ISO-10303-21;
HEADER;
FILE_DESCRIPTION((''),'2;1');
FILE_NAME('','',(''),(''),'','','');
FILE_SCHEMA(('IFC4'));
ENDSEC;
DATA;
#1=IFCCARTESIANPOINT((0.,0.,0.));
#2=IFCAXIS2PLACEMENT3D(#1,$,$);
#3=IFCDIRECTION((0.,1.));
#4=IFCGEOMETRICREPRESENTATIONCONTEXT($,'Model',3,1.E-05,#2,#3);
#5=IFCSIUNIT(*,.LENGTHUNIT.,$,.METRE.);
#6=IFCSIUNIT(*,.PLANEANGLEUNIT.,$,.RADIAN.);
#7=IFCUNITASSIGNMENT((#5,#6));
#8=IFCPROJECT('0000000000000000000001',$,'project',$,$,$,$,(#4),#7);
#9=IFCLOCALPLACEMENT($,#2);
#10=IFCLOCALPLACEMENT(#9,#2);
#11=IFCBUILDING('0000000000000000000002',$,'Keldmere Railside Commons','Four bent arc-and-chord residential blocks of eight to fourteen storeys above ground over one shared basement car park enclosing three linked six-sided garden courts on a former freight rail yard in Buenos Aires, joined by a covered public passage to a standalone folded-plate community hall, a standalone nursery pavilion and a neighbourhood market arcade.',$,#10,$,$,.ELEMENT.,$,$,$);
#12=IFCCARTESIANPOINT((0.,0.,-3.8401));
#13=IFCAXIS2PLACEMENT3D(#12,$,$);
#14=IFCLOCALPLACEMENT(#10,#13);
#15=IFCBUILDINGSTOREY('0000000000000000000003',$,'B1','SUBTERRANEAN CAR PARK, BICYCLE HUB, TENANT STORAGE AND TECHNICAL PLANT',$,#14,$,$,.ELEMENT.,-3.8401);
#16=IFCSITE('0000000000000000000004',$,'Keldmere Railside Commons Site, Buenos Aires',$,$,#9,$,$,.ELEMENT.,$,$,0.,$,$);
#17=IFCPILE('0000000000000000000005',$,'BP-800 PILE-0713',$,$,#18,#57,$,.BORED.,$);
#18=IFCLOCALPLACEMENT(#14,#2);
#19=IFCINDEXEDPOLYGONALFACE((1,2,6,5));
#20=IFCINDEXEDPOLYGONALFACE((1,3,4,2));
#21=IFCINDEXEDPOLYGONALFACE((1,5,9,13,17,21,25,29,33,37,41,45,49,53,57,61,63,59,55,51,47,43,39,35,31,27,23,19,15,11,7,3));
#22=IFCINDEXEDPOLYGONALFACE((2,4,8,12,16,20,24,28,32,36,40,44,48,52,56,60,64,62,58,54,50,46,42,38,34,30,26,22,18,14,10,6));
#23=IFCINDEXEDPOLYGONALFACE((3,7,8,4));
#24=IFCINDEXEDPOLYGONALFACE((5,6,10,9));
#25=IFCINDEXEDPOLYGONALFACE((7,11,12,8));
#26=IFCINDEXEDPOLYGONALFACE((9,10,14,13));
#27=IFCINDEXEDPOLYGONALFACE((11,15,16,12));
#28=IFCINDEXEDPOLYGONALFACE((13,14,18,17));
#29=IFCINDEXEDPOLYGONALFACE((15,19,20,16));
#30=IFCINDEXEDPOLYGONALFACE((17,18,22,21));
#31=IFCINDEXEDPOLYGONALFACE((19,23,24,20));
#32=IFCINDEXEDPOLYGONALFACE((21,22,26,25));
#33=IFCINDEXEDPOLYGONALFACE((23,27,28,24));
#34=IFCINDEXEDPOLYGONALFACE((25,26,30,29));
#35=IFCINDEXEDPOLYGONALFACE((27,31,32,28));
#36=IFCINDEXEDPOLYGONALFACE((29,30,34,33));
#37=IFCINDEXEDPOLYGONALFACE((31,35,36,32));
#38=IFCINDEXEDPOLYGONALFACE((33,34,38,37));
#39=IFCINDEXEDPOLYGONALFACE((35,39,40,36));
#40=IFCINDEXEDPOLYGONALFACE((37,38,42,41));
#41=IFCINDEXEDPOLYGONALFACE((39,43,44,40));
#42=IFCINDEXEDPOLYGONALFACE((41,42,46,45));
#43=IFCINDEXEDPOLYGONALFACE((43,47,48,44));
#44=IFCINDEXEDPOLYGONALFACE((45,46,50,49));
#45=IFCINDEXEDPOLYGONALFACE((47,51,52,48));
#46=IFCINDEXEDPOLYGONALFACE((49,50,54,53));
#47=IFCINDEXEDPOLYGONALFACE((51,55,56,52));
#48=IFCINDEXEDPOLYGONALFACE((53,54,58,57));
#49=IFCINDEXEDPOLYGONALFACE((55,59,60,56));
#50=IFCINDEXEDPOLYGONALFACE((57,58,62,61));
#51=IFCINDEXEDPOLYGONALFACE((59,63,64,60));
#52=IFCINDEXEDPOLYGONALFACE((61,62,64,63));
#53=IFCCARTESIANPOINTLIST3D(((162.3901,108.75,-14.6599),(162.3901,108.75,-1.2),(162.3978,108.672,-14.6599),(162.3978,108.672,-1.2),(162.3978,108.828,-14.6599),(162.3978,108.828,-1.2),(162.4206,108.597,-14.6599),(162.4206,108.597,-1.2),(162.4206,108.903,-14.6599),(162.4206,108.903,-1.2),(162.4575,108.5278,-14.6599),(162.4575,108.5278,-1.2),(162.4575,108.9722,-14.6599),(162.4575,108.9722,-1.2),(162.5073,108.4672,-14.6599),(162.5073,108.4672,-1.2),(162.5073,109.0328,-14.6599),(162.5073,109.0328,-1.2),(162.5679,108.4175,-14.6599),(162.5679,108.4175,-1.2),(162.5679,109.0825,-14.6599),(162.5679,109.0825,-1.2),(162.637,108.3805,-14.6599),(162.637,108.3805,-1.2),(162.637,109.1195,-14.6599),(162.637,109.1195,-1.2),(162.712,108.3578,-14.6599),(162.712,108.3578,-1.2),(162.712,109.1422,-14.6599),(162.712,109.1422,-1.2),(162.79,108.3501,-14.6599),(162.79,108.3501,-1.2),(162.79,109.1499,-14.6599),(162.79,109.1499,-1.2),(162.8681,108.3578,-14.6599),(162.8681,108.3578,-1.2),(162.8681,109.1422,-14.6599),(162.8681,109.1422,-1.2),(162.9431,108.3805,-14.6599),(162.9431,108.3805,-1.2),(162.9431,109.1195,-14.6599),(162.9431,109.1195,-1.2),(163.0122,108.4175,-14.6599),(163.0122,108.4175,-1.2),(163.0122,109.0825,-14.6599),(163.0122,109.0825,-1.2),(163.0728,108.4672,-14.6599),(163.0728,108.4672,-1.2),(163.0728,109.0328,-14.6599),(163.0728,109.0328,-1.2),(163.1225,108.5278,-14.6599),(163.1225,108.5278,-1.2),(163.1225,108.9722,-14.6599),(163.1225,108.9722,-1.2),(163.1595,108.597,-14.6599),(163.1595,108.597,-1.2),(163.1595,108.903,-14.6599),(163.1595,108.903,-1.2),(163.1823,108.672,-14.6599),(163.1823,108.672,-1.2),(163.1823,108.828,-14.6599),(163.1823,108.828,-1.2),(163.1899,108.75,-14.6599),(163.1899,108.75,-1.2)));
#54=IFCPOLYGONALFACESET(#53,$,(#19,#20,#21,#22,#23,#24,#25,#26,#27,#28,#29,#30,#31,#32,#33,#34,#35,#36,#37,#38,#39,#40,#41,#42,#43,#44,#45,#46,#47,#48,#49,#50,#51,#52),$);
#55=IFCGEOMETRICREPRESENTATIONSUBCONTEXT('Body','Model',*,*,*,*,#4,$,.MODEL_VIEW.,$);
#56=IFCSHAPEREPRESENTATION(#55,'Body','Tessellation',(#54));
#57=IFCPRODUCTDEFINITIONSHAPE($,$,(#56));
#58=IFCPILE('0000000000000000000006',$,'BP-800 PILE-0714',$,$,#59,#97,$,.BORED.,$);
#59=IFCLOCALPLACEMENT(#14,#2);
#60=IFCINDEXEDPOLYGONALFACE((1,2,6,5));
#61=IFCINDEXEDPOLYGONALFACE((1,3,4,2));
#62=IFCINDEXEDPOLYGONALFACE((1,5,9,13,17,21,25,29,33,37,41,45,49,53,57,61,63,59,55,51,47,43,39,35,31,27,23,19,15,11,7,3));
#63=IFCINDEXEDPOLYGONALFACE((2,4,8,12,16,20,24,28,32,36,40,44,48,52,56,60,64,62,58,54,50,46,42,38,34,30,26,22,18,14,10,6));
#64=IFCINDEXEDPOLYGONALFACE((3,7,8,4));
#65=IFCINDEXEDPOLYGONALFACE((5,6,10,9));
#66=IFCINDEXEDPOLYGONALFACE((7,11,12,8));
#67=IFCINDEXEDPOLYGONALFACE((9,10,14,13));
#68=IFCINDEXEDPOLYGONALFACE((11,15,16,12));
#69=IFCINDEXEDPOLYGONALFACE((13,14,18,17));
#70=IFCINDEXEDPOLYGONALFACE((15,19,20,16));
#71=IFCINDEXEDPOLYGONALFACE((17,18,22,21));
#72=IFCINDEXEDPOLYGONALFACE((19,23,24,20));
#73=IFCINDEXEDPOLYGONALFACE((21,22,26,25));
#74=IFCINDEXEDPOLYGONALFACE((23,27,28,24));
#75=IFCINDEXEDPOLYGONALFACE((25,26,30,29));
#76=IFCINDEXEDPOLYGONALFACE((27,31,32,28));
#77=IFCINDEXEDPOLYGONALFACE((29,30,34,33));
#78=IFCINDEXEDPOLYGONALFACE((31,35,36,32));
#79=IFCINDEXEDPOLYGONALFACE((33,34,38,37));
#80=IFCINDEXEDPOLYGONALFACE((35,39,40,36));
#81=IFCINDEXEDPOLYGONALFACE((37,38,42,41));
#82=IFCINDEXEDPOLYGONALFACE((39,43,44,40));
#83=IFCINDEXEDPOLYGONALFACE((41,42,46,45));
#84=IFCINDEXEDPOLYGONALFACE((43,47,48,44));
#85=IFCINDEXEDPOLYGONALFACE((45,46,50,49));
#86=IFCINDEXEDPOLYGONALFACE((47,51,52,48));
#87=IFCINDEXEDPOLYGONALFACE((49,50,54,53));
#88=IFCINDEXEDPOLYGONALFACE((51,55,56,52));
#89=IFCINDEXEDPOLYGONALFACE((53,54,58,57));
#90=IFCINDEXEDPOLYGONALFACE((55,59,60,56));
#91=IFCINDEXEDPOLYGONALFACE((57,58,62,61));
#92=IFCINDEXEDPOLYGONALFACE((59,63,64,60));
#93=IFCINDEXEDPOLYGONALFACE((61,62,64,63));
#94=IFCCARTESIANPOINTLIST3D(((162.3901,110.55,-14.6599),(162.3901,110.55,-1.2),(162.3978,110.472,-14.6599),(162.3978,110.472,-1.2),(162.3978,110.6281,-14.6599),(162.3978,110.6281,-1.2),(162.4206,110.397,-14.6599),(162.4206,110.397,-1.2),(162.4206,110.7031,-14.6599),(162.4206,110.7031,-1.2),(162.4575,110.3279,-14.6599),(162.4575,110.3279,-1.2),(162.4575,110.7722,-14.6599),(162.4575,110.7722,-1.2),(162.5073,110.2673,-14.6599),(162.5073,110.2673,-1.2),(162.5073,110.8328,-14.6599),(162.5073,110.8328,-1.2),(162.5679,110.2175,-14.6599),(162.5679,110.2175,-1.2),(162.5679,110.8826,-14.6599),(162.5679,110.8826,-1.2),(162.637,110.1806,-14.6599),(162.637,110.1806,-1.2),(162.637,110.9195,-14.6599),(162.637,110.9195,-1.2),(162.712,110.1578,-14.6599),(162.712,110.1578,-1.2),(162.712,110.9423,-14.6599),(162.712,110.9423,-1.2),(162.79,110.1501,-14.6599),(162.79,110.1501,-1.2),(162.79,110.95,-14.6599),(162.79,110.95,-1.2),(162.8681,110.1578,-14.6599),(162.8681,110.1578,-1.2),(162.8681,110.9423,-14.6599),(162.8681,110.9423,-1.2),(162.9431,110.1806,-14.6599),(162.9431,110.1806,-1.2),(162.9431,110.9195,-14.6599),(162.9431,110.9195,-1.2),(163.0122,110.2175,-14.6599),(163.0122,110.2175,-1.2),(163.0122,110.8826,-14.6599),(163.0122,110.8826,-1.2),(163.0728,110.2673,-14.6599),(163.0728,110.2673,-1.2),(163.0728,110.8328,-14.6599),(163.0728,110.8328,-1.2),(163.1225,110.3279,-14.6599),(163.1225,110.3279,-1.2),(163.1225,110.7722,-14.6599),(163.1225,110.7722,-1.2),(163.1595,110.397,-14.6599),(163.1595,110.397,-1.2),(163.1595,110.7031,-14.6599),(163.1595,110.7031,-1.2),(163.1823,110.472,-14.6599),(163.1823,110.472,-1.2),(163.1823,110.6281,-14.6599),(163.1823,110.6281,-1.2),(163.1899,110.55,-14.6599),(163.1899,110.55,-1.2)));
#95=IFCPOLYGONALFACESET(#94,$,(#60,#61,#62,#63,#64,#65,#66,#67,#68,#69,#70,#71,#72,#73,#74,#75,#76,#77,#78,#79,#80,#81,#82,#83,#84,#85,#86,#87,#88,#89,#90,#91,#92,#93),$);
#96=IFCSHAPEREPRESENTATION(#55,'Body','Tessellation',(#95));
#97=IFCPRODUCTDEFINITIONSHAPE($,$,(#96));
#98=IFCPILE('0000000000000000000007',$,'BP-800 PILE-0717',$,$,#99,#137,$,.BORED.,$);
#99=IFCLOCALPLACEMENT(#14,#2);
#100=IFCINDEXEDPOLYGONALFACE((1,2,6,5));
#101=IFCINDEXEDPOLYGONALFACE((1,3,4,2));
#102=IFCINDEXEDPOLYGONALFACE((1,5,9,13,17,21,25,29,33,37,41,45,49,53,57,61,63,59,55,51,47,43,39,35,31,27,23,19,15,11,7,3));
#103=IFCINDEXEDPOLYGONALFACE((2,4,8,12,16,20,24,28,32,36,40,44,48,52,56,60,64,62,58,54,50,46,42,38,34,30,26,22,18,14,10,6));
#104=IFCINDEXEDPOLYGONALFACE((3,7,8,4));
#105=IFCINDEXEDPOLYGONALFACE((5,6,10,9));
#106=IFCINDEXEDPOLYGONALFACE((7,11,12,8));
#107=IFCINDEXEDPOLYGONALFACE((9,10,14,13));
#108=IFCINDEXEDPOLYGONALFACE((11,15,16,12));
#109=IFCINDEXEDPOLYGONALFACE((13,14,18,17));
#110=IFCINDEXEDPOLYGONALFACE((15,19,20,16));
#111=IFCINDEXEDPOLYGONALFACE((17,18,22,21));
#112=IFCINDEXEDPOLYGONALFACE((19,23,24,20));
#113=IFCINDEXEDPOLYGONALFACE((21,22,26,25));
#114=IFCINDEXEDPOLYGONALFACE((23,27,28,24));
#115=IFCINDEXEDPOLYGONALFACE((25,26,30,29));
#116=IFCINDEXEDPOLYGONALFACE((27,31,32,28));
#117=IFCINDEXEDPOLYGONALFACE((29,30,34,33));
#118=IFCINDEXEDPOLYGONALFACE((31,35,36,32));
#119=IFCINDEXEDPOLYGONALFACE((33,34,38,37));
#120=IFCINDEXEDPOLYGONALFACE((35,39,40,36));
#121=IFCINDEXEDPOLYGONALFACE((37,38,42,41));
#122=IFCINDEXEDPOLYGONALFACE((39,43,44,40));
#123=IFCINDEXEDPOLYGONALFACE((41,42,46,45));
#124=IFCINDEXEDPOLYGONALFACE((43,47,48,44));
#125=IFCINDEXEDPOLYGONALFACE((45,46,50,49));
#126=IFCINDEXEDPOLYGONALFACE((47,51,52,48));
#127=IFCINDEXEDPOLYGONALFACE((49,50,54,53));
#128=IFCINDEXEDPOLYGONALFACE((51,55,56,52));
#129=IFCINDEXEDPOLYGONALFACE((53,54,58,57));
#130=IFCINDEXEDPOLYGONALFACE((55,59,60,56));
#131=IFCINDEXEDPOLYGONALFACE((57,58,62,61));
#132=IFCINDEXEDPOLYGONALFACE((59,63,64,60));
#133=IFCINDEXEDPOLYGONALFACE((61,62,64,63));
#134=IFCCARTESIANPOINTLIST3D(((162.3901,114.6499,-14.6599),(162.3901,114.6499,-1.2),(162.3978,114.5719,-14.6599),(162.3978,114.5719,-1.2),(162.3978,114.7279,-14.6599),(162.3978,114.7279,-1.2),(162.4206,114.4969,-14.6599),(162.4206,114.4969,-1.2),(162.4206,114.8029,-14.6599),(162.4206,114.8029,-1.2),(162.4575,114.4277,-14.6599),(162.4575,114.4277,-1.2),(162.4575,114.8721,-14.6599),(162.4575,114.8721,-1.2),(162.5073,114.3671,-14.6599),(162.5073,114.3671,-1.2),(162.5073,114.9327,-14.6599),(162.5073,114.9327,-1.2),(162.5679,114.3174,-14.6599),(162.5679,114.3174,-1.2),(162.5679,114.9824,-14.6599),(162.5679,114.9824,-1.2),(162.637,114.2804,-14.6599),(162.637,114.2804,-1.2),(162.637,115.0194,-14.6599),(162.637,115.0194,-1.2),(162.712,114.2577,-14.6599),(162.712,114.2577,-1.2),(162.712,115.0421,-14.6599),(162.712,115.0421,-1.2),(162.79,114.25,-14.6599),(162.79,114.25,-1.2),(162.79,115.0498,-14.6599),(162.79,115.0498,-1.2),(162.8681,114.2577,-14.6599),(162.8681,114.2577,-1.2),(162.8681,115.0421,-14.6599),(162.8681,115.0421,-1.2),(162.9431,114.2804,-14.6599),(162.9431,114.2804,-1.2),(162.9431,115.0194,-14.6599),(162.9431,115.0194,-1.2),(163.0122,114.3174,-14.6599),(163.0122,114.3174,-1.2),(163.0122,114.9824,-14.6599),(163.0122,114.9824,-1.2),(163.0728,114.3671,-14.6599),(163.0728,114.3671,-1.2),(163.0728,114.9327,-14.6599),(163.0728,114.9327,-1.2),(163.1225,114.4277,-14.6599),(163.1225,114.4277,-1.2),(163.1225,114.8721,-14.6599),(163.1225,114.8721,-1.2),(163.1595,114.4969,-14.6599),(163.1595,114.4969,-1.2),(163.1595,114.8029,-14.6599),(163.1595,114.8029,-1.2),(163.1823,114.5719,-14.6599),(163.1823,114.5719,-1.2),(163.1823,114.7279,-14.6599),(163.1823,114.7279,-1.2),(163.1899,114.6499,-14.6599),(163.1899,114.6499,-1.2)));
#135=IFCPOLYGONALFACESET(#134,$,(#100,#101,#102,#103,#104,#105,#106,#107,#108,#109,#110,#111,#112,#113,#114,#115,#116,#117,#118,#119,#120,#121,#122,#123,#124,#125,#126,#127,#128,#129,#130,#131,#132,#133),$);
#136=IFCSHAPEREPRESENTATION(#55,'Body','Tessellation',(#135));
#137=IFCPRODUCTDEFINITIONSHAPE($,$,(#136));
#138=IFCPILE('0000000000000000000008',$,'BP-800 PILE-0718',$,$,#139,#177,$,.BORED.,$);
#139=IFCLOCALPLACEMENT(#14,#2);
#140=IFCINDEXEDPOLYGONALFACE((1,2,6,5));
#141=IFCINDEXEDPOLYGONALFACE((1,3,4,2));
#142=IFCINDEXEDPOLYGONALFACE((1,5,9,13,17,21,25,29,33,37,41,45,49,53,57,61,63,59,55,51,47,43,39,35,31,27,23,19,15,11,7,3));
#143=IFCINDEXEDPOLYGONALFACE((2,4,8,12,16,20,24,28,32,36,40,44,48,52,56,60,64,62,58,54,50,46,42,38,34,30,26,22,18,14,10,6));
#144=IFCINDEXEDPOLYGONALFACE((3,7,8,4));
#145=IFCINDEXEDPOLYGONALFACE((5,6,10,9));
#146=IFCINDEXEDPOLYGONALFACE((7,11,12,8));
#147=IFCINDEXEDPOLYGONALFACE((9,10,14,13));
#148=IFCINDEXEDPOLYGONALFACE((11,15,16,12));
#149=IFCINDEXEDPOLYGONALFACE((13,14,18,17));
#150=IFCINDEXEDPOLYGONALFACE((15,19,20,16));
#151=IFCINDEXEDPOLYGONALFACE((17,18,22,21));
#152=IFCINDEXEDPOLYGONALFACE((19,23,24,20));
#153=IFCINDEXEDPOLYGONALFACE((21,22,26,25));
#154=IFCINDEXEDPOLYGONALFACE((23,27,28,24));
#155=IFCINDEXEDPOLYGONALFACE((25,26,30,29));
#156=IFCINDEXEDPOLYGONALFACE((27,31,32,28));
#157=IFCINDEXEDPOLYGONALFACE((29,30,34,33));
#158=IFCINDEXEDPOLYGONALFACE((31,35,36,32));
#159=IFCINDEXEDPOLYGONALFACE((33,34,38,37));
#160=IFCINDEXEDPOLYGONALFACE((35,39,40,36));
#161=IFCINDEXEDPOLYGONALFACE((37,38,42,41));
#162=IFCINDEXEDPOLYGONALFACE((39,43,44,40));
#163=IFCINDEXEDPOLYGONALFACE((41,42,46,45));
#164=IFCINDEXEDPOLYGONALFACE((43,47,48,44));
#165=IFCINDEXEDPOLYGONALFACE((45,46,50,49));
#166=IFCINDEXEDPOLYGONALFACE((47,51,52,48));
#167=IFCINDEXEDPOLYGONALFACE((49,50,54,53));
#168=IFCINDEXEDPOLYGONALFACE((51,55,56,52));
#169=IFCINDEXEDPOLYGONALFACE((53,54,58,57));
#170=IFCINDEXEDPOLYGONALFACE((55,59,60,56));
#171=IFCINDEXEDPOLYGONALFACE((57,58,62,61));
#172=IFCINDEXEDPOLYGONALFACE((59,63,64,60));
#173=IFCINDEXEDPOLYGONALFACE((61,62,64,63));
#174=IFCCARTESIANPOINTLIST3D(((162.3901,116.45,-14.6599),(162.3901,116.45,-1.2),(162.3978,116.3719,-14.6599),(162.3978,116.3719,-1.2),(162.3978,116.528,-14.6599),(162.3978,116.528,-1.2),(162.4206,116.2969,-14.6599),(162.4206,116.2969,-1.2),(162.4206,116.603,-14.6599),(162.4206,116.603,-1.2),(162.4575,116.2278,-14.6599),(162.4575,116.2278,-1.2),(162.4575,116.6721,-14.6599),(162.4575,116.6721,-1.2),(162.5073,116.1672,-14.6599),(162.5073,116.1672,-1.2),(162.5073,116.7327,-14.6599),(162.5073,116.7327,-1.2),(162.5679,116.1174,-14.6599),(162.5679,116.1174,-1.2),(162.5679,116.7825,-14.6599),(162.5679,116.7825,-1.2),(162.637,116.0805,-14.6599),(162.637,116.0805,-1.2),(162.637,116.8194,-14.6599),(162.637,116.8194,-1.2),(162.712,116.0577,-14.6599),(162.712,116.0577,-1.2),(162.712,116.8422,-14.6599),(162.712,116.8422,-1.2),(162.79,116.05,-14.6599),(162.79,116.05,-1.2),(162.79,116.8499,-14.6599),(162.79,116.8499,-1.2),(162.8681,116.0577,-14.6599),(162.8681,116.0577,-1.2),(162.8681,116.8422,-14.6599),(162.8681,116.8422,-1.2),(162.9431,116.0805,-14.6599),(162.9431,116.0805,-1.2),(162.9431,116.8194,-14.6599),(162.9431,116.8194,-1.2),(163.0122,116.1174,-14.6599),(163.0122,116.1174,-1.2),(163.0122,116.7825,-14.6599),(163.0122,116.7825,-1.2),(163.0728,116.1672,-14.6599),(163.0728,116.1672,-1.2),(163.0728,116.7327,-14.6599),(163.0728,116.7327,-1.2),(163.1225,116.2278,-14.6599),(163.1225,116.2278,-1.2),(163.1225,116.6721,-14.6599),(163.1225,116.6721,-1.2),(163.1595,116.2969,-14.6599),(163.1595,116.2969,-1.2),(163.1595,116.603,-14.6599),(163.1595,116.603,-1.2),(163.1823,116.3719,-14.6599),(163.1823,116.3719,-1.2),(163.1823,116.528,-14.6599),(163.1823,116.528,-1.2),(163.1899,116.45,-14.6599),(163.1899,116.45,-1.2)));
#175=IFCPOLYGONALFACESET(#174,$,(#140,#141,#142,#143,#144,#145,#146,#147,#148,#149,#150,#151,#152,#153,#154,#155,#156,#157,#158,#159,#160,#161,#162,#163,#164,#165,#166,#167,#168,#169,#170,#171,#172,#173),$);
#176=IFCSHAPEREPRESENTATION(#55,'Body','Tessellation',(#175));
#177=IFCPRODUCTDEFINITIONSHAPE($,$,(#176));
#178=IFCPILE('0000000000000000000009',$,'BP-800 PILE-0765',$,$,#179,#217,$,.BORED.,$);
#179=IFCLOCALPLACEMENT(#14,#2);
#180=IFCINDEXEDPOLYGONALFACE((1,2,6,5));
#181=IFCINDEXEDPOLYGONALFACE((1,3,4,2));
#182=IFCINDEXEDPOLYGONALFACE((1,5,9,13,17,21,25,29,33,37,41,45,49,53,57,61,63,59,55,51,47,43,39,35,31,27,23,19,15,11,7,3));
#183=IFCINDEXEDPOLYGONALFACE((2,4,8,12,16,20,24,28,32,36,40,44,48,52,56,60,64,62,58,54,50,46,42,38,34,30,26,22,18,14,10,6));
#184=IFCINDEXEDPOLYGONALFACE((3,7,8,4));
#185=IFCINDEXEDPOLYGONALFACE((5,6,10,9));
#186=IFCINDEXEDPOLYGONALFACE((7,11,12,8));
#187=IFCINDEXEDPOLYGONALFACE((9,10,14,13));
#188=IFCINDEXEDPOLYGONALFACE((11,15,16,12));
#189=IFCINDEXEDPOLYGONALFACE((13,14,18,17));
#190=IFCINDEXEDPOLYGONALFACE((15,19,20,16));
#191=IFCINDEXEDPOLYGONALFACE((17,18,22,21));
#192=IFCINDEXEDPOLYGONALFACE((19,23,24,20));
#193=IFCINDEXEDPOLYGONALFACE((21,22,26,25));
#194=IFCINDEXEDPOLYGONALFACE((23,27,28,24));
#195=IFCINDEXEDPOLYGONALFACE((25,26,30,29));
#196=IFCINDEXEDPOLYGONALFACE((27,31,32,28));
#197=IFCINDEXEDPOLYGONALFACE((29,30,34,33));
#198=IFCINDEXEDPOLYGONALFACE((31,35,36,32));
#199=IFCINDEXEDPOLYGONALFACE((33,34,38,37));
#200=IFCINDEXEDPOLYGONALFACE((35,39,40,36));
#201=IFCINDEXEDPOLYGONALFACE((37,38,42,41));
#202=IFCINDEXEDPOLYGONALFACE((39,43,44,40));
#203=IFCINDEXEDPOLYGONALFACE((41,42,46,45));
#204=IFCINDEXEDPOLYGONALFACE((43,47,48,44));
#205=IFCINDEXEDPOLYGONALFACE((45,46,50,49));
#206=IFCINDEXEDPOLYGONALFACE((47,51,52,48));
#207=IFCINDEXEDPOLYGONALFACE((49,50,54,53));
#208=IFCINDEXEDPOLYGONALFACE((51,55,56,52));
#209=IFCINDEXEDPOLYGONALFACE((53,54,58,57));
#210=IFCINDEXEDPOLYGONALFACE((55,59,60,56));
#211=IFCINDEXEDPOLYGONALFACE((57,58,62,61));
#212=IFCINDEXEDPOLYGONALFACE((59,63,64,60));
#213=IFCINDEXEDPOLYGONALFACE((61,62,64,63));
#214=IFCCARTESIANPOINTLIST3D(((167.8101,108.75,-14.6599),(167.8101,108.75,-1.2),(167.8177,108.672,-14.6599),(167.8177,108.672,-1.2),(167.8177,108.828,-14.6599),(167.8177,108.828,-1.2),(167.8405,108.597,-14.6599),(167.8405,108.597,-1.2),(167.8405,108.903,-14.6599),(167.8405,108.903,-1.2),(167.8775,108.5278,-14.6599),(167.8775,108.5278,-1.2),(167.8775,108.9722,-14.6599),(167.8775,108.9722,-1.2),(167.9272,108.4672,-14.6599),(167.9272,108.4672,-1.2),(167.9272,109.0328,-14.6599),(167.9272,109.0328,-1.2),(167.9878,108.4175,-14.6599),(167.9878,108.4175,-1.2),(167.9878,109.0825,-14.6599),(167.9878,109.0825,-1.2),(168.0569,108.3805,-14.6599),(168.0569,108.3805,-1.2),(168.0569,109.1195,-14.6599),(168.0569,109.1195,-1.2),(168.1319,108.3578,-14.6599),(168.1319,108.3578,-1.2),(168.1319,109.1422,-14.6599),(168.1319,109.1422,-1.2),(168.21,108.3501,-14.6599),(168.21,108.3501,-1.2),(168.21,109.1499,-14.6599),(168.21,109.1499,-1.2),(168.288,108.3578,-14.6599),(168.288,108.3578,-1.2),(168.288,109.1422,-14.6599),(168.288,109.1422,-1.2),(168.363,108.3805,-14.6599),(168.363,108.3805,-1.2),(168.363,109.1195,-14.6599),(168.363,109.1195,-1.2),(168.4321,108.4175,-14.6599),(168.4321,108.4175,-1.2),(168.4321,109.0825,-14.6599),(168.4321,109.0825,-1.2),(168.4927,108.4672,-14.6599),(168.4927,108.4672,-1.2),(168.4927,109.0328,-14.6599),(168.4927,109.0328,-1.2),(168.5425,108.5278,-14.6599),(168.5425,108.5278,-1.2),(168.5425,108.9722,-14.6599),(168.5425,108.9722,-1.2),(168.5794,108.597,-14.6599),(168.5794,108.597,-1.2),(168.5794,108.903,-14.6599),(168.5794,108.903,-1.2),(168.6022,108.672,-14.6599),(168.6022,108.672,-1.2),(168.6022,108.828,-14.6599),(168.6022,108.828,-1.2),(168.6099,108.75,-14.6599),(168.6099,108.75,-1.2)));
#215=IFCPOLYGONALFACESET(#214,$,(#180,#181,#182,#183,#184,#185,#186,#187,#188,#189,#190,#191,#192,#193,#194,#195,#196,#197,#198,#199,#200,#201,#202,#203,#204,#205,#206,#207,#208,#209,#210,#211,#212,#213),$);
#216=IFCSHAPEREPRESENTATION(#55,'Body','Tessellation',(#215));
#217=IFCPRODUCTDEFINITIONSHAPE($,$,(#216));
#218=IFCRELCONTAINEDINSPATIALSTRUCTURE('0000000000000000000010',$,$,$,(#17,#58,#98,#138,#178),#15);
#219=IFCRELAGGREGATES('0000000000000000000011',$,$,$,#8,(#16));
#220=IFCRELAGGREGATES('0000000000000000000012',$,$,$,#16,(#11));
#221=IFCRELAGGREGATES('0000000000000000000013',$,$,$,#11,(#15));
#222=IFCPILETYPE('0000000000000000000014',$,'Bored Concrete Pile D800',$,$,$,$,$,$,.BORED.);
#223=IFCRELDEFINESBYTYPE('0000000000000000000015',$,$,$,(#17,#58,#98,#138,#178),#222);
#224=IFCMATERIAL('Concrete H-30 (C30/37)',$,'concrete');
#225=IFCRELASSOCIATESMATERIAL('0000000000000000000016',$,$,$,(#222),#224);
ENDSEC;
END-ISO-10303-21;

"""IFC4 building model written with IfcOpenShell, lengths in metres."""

from ifc_helpers import new_model, si_unit, direction, frame, origin, origin_2d, place, context, subcontext, project, spatial, circle, extrude, material, material_profile, profile_set, type_object, element, save


model = new_model("IFC4")

# Units and contexts
model_context = context("Model", 3, precision=1e-05, world=origin(), true_north=direction((0.0, 1.0)))
body_context = subcontext(model_context, "Body", "Model", "MODEL_VIEW")
ifc_project = project(units=[si_unit("LENGTHUNIT", "METRE"), si_unit("PLANEANGLEUNIT", "RADIAN")], contexts=[model_context])

# Site, building, storey
site_placement = place(None, origin())
site = spatial("IfcSite", under=ifc_project, at=site_placement, Name="Keldmere Railside Commons Site, Buenos Aires", CompositionType="ELEMENT", RefElevation=0.0)
building_placement = place(site_placement, origin())
building = spatial("IfcBuilding", under=site, at=building_placement, Name="Keldmere Railside Commons", Description="Four bent arc-and-chord residential blocks of eight to fourteen storeys above ground over one shared basement car park enclosing three linked six-sided garden courts on a former freight rail yard in Buenos Aires, joined by a covered public passage to a standalone folded-plate community hall, a standalone nursery pavilion and a neighbourhood market arcade.", CompositionType="ELEMENT")
storey_placement = place(building_placement, frame((0.0, 0.0, -3.8401)))
storey = spatial("IfcBuildingStorey", under=building, at=storey_placement, Name="B1", Description="SUBTERRANEAN CAR PARK, BICYCLE HUB, TENANT STORAGE AND TECHNICAL PLANT", CompositionType="ELEMENT", Elevation=-3.8401)

# Piles
ifc_material_1 = material(Name="Concrete H-30 (C30/37)", Category="concrete")
ifc_material_profile_1 = material_profile(ifc_material_1, circle(Radius=0.3999, at=origin_2d()), Name="PILE-D800")
ifc_profile_set_1 = profile_set([ifc_material_profile_1], Name="Concrete H-30 (C30/37)")
pile_type = type_object("IfcPileType", Name="Bored Concrete Pile D800", PredefinedType="BORED", material=ifc_profile_set_1)
for number, where, z_axis, x_axis, name in (
    (1, (162.79, 108.75, -1.2), (0.0, 0.0, -1.0), (1.0, 0.0, 0.0), "BP-800 PILE-0713"),
    (2, (162.79, 110.55, -1.2), (0.0, 0.0, -1.0), (1.0, 0.0, 0.0), "BP-800 PILE-0714"),
    (3, (162.79, 114.6499, -1.2), (0.0, 0.0, -1.0), (1.0, 0.0, 0.0), "BP-800 PILE-0717"),
    (4, (162.79, 116.45, -1.2), (0.0, 0.0, -1.0), (1.0, 0.0, 0.0), "BP-800 PILE-0718"),
    (5, (168.21, 108.75, -1.2), (0.0, 0.0, -1.0), (1.0, 0.0, 0.0), "BP-800 PILE-0765"),
):
    element("IfcPile", number, at=place(storey_placement, frame(where, z_axis=z_axis, x_axis=x_axis)), inside=storey, type_object=pile_type, Name=name, PredefinedType="BORED", context=body_context, shape_type="SweptSolid", body=[
        extrude(circle(Radius=0.3999, at=origin_2d()), origin(), (0.0, 0.0, 1.0), 13.46),
    ])

save(model, "model.ifc")
